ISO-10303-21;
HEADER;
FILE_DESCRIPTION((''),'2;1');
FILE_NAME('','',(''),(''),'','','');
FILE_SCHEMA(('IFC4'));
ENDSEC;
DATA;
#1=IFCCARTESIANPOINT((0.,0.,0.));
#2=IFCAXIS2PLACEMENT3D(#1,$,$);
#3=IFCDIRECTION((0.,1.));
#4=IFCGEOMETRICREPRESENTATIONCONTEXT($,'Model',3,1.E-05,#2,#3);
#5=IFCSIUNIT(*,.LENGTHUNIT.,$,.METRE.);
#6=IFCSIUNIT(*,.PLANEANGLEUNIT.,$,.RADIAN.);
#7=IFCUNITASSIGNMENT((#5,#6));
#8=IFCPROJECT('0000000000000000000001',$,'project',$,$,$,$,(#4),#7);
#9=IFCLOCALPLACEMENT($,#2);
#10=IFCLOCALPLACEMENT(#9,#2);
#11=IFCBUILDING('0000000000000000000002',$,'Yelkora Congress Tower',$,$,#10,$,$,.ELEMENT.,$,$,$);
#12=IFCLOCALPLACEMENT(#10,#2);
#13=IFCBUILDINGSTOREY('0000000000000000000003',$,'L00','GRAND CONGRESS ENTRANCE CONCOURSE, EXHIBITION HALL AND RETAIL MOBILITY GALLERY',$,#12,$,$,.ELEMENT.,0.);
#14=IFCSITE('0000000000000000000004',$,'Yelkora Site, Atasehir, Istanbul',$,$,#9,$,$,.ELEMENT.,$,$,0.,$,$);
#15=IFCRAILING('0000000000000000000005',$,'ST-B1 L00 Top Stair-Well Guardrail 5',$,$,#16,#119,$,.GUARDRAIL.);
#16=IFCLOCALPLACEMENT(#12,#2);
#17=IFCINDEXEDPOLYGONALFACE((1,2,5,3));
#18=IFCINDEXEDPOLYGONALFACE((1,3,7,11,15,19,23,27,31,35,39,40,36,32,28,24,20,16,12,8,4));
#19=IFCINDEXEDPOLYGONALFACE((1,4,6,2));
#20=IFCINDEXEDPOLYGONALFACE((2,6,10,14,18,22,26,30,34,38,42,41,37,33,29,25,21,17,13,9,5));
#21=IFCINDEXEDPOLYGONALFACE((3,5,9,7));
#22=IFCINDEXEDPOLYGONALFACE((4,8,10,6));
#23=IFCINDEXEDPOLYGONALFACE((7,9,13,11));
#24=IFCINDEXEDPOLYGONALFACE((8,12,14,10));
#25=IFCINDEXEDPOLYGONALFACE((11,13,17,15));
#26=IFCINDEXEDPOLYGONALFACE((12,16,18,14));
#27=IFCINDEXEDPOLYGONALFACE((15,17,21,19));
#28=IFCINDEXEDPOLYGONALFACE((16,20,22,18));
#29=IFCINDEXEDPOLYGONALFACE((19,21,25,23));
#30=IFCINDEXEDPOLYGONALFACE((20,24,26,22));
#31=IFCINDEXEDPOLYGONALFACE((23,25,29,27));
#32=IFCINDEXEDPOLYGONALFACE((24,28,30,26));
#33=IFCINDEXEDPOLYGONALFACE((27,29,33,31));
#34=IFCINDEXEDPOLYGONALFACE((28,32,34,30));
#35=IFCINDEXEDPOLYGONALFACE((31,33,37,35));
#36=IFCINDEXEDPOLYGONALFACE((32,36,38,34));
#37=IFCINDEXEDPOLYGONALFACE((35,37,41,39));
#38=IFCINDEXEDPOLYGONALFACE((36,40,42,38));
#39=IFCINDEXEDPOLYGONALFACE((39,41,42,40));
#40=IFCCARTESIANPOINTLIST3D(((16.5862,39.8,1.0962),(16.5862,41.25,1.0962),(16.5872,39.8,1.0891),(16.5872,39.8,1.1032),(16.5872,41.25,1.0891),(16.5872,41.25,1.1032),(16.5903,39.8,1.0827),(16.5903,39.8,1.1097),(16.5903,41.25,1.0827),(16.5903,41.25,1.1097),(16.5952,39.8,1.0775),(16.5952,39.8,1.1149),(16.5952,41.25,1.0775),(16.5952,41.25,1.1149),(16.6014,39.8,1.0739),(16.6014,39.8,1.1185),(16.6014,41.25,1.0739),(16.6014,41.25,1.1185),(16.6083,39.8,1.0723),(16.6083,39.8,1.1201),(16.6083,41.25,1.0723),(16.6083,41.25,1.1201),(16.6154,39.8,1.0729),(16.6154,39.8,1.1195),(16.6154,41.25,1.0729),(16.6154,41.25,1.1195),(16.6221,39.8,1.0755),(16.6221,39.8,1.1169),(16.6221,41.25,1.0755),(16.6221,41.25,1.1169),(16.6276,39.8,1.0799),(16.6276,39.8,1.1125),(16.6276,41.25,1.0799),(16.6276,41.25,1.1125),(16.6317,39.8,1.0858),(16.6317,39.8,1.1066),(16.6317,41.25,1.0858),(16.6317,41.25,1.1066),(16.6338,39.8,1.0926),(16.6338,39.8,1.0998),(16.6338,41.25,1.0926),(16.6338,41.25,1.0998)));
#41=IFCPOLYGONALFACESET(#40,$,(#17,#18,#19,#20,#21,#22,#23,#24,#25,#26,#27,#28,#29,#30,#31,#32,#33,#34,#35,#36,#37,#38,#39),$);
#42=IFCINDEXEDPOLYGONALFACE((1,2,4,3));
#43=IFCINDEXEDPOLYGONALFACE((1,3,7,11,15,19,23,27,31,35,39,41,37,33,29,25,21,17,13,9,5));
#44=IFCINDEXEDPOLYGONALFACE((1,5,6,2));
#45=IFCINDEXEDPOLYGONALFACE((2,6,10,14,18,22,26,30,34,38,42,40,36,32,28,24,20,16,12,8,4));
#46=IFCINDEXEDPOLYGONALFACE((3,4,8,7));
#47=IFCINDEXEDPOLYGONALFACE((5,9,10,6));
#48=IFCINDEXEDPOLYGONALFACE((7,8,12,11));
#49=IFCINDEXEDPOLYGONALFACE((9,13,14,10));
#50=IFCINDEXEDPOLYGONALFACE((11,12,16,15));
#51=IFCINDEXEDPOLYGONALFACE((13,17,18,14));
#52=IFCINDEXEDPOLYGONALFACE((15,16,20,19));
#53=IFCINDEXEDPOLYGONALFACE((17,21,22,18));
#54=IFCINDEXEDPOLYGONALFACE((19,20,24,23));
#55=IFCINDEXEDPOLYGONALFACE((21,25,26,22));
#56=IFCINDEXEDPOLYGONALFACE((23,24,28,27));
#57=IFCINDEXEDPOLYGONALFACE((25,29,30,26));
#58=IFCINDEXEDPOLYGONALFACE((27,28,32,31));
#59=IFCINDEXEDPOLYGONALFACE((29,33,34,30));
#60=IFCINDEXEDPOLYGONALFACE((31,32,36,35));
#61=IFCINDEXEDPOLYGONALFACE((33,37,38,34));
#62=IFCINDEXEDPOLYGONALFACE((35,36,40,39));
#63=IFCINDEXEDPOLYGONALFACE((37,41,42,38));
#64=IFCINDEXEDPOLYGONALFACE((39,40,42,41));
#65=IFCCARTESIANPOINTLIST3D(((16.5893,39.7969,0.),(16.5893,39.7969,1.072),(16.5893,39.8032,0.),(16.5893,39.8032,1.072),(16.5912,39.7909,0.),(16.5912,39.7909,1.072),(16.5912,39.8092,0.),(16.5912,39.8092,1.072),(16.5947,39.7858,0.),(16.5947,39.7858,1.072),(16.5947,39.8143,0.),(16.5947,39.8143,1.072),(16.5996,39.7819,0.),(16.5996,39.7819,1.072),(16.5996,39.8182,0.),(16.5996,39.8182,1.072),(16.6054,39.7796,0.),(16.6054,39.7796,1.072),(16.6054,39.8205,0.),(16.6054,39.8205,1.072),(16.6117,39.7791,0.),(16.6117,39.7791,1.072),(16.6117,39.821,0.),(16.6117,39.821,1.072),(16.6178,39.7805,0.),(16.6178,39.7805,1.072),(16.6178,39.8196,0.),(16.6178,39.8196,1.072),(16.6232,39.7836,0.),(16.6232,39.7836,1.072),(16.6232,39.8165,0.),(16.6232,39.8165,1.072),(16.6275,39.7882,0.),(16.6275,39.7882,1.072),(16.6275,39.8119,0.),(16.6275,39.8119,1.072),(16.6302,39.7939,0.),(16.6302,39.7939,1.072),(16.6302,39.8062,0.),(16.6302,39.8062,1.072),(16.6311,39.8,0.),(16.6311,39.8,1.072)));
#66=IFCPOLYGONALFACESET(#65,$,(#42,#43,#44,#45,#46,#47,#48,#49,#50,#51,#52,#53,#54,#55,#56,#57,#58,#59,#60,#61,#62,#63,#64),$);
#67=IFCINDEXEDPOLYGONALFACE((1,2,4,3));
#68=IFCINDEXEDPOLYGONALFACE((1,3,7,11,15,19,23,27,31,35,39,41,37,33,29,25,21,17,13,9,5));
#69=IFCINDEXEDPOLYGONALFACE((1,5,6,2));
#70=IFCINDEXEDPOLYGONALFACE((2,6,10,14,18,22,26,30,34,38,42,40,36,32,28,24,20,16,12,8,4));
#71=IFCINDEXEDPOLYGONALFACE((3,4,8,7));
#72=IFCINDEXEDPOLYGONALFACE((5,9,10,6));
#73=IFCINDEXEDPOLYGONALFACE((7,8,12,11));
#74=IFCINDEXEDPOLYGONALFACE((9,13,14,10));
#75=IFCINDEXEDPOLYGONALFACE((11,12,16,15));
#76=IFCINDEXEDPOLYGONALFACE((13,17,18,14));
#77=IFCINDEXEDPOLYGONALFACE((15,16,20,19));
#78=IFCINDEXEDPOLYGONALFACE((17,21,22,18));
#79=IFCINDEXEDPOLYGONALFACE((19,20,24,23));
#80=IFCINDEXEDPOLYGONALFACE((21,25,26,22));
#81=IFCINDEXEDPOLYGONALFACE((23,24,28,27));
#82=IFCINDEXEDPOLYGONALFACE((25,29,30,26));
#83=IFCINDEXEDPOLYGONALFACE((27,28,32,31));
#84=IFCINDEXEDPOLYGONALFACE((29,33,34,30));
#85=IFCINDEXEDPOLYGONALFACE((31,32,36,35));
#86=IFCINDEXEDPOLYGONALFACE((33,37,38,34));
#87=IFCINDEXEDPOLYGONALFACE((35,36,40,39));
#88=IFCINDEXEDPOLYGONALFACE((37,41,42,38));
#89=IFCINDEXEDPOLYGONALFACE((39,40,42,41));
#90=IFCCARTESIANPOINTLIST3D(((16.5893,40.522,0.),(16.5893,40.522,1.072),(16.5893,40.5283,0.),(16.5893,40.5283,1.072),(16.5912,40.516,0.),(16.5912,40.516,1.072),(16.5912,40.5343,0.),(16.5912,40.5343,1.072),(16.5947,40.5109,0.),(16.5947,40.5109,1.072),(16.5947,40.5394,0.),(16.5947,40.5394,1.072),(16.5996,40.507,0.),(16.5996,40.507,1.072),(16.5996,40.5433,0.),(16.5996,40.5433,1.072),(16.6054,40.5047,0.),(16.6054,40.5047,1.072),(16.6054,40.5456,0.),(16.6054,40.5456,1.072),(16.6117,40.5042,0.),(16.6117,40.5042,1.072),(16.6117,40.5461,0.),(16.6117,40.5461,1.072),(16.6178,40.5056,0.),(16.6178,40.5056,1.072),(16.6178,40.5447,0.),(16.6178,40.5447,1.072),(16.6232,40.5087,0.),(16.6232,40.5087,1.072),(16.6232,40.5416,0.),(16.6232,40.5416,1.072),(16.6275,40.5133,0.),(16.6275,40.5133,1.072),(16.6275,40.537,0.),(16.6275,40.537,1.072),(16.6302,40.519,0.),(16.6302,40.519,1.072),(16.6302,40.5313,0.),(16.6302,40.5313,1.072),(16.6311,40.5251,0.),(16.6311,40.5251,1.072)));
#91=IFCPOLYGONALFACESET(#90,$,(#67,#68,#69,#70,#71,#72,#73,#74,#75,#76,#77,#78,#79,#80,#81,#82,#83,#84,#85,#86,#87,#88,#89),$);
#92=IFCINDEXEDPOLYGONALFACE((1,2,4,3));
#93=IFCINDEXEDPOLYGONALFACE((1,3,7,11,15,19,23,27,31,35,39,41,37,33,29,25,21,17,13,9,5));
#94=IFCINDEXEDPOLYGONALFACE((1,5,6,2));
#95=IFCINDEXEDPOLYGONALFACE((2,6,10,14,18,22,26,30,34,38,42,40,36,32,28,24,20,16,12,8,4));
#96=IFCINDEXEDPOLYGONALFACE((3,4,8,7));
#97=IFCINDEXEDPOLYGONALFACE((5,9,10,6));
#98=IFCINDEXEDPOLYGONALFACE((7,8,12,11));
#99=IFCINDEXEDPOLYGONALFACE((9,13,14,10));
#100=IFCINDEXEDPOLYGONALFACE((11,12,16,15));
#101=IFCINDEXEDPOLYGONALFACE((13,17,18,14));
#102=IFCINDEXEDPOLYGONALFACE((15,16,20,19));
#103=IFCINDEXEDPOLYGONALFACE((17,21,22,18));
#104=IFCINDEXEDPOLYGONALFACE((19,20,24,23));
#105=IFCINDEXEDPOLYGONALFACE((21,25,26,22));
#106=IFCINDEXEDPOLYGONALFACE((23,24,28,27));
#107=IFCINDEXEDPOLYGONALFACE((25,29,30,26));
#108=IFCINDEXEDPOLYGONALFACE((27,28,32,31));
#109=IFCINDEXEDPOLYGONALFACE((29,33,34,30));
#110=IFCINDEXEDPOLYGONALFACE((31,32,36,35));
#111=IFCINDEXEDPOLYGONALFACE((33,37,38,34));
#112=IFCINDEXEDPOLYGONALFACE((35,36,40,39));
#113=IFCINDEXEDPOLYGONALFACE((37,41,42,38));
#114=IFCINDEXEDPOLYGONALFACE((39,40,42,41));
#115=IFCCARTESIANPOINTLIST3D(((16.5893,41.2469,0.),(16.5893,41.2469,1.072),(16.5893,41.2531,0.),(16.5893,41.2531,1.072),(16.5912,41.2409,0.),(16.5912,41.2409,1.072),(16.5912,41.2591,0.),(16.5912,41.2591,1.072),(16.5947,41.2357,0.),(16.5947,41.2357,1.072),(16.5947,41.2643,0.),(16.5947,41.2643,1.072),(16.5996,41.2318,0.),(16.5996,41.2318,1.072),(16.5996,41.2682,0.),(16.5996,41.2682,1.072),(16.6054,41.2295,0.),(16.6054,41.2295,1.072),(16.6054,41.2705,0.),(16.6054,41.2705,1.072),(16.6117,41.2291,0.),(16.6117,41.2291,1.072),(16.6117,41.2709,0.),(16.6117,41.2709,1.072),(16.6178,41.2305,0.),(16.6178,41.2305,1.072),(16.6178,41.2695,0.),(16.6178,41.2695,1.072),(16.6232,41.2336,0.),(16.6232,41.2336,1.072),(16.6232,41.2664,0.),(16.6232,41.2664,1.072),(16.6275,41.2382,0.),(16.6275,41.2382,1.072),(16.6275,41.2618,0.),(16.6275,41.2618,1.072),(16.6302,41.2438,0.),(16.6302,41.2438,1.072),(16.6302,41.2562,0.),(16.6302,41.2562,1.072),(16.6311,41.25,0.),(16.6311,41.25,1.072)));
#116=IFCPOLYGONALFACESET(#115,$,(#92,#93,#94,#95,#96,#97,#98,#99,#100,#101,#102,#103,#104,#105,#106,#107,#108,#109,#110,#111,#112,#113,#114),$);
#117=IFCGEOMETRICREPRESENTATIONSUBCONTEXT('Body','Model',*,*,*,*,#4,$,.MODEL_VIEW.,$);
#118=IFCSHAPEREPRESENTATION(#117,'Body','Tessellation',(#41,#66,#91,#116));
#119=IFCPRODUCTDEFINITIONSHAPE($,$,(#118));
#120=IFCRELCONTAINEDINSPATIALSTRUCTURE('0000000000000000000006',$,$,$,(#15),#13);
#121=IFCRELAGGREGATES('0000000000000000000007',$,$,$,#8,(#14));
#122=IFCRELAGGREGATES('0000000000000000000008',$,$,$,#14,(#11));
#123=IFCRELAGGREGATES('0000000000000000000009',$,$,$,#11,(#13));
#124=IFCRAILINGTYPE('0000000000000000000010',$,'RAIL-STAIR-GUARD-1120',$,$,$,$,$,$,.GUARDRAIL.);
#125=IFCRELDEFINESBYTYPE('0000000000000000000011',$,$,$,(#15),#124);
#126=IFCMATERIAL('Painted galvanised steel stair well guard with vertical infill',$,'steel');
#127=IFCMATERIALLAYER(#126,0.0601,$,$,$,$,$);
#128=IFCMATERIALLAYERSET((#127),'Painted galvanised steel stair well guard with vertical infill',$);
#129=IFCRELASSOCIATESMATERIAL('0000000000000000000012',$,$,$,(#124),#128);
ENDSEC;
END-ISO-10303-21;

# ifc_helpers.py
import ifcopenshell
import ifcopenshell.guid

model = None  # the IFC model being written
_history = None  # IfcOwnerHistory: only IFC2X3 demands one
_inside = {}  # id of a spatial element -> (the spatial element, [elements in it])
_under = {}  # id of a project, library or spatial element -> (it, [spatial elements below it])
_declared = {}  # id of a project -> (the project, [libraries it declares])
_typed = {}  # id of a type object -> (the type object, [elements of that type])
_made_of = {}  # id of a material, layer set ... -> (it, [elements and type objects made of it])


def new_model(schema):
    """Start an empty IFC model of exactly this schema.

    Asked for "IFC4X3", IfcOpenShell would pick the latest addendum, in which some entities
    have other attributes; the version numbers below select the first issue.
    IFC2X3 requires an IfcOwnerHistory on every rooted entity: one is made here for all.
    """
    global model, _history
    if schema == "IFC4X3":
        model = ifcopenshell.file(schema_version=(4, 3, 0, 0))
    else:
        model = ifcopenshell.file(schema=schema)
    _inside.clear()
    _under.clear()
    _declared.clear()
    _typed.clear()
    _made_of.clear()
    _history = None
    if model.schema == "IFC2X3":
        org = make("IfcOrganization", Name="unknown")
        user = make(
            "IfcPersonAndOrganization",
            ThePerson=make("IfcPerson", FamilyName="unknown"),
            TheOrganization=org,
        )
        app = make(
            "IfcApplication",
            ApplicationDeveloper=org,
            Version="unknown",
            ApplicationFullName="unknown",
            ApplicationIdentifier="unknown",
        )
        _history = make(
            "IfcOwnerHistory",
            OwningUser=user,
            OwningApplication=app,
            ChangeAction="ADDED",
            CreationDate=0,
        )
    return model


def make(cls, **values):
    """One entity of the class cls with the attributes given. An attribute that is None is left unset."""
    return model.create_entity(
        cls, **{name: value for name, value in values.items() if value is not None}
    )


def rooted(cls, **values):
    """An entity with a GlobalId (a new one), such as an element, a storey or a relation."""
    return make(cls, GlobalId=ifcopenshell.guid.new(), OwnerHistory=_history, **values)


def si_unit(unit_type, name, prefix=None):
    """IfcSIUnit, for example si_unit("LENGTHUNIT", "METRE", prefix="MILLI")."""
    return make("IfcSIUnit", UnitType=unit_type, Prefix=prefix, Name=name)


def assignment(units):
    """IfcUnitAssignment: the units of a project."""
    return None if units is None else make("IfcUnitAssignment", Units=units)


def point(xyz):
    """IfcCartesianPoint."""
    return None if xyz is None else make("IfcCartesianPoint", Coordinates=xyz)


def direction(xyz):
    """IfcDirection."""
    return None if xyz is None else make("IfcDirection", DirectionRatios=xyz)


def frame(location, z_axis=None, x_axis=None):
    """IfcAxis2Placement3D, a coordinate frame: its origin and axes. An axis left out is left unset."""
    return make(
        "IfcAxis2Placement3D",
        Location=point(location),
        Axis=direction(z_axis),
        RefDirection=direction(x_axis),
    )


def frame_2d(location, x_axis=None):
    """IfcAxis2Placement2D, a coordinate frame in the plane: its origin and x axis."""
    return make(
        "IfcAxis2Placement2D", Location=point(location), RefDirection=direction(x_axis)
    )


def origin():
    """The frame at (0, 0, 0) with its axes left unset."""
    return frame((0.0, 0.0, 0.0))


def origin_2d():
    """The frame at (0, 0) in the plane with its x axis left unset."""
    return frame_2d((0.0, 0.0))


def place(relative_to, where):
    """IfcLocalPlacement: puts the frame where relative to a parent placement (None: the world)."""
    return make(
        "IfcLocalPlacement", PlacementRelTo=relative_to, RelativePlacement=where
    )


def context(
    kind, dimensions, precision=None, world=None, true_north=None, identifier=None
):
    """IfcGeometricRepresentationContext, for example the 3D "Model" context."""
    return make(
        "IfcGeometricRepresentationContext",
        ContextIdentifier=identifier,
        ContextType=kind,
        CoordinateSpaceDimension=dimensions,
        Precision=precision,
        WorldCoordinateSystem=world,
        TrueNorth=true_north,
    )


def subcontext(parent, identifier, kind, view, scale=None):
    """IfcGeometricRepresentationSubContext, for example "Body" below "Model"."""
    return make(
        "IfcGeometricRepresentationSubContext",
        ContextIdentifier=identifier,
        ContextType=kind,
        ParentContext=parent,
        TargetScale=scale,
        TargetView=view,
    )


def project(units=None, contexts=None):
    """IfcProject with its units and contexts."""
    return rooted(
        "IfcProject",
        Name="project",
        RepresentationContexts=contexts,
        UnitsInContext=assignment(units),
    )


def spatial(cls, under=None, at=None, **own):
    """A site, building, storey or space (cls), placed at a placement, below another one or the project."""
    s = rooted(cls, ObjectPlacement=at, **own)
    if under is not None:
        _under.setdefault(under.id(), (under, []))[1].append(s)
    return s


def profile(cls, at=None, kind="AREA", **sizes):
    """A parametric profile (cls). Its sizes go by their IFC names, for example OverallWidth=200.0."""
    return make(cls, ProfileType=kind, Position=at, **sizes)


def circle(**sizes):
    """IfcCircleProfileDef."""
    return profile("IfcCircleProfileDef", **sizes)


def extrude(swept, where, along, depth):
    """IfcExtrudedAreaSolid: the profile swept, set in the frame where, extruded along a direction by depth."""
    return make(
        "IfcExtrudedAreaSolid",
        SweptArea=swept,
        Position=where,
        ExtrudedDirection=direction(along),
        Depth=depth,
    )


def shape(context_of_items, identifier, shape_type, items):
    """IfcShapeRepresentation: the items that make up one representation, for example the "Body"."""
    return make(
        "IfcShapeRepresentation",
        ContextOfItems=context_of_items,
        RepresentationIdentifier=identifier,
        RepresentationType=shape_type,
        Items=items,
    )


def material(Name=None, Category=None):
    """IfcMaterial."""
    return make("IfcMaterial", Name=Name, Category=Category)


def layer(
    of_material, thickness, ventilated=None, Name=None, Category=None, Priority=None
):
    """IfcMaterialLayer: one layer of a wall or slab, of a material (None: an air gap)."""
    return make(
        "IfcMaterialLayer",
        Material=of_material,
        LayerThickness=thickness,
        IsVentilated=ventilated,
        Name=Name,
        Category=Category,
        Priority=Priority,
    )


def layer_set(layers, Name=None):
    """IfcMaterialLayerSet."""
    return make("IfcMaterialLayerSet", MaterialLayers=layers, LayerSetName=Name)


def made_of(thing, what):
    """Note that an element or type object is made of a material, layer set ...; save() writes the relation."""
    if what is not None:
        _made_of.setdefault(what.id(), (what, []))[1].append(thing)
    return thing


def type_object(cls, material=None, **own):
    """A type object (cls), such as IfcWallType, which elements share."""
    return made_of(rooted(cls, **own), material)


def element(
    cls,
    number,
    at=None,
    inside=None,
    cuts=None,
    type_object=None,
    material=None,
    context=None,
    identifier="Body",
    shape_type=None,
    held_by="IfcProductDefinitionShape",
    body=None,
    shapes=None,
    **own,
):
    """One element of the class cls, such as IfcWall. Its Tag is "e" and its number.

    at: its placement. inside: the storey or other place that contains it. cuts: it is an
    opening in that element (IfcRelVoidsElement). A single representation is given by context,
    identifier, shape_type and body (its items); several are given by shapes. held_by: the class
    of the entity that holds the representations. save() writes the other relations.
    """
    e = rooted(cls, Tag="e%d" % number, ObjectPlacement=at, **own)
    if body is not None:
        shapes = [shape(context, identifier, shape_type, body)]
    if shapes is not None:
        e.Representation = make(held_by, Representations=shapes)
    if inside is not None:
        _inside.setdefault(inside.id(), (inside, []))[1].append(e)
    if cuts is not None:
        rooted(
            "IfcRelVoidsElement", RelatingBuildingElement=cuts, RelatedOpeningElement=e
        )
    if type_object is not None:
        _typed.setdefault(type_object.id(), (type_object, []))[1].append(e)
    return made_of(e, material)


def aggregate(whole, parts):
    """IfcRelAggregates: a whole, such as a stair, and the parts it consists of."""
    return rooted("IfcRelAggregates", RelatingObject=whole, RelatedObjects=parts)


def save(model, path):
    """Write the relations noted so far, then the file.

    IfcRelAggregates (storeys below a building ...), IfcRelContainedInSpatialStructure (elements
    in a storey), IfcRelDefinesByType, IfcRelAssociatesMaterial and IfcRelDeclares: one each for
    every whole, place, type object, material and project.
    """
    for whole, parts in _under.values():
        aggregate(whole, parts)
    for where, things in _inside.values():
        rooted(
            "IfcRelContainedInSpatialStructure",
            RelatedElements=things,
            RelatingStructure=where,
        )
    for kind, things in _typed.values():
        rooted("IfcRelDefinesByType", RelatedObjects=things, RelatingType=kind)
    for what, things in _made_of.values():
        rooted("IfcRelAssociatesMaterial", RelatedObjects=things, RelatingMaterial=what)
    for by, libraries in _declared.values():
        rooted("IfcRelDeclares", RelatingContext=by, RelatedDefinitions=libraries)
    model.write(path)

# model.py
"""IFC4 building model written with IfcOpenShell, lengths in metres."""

from ifc_helpers import new_model, si_unit, direction, frame, origin, origin_2d, place, context, subcontext, project, spatial, circle, extrude, material, layer, layer_set, type_object, element, save


model = new_model("IFC4")

# Units and contexts
model_context = context("Model", 3, precision=1e-05, world=origin(), true_north=direction((0.0, 1.0)))
body_context = subcontext(model_context, "Body", "Model", "MODEL_VIEW")
ifc_project = project(units=[si_unit("LENGTHUNIT", "METRE"), si_unit("PLANEANGLEUNIT", "RADIAN")], contexts=[model_context])

# Site, building, storey
site_placement = place(None, origin())
site = spatial("IfcSite", under=ifc_project, at=site_placement, Name="Yelkora Site, Atasehir, Istanbul", CompositionType="ELEMENT", RefElevation=0.0)
building_placement = place(site_placement, origin())
building = spatial("IfcBuilding", under=site, at=building_placement, Name="Yelkora Congress Tower", CompositionType="ELEMENT")
storey_placement = place(building_placement, origin())
storey = spatial("IfcBuildingStorey", under=building, at=storey_placement, Name="L00", Description="GRAND CONGRESS ENTRANCE CONCOURSE, EXHIBITION HALL AND RETAIL MOBILITY GALLERY", CompositionType="ELEMENT", Elevation=0.0)

# Railing
ifc_material_1 = material(Name="Painted galvanised steel stair well guard with vertical infill", Category="steel")
ifc_layer_1 = layer(ifc_material_1, 0.0601)
ifc_layer_set_1 = layer_set([ifc_layer_1], Name="Painted galvanised steel stair well guard with vertical infill")
railing_type_1 = type_object("IfcRailingType", Name="RAIL-STAIR-GUARD-1120", PredefinedType="GUARDRAIL", material=ifc_layer_set_1)
for number, where, name in (
    (1, (16.6101, 39.8, 0.0), "ST-B1 L00 Top Stair-Well Guardrail 5"),
):
    element("IfcRailing", number, at=place(storey_placement, frame(where)), inside=storey, type_object=railing_type_1, Name=name, PredefinedType="GUARDRAIL", context=body_context, shape_type="SweptSolid", body=[
        extrude(circle(Radius=0.0239, at=origin_2d()), frame((0.0, 0.0, 1.0962), z_axis=(0.0, 1.0, 0.0), x_axis=(-1.0, 0.0, 0.0)), (0.0, 0.0, 1.0), 1.45),
        extrude(circle(Radius=0.021, at=origin_2d()), origin(), (0.0, 0.0, 1.0), 1.072),
        extrude(circle(Radius=0.021, at=origin_2d()), frame((0.0, 0.7251, 0.0)), (0.0, 0.0, 1.0), 1.072),
        extrude(circle(Radius=0.021, at=origin_2d()), frame((0.0, 1.45, 0.0)), (0.0, 0.0, 1.0), 1.072),
    ])

save(model, "model.ifc")
